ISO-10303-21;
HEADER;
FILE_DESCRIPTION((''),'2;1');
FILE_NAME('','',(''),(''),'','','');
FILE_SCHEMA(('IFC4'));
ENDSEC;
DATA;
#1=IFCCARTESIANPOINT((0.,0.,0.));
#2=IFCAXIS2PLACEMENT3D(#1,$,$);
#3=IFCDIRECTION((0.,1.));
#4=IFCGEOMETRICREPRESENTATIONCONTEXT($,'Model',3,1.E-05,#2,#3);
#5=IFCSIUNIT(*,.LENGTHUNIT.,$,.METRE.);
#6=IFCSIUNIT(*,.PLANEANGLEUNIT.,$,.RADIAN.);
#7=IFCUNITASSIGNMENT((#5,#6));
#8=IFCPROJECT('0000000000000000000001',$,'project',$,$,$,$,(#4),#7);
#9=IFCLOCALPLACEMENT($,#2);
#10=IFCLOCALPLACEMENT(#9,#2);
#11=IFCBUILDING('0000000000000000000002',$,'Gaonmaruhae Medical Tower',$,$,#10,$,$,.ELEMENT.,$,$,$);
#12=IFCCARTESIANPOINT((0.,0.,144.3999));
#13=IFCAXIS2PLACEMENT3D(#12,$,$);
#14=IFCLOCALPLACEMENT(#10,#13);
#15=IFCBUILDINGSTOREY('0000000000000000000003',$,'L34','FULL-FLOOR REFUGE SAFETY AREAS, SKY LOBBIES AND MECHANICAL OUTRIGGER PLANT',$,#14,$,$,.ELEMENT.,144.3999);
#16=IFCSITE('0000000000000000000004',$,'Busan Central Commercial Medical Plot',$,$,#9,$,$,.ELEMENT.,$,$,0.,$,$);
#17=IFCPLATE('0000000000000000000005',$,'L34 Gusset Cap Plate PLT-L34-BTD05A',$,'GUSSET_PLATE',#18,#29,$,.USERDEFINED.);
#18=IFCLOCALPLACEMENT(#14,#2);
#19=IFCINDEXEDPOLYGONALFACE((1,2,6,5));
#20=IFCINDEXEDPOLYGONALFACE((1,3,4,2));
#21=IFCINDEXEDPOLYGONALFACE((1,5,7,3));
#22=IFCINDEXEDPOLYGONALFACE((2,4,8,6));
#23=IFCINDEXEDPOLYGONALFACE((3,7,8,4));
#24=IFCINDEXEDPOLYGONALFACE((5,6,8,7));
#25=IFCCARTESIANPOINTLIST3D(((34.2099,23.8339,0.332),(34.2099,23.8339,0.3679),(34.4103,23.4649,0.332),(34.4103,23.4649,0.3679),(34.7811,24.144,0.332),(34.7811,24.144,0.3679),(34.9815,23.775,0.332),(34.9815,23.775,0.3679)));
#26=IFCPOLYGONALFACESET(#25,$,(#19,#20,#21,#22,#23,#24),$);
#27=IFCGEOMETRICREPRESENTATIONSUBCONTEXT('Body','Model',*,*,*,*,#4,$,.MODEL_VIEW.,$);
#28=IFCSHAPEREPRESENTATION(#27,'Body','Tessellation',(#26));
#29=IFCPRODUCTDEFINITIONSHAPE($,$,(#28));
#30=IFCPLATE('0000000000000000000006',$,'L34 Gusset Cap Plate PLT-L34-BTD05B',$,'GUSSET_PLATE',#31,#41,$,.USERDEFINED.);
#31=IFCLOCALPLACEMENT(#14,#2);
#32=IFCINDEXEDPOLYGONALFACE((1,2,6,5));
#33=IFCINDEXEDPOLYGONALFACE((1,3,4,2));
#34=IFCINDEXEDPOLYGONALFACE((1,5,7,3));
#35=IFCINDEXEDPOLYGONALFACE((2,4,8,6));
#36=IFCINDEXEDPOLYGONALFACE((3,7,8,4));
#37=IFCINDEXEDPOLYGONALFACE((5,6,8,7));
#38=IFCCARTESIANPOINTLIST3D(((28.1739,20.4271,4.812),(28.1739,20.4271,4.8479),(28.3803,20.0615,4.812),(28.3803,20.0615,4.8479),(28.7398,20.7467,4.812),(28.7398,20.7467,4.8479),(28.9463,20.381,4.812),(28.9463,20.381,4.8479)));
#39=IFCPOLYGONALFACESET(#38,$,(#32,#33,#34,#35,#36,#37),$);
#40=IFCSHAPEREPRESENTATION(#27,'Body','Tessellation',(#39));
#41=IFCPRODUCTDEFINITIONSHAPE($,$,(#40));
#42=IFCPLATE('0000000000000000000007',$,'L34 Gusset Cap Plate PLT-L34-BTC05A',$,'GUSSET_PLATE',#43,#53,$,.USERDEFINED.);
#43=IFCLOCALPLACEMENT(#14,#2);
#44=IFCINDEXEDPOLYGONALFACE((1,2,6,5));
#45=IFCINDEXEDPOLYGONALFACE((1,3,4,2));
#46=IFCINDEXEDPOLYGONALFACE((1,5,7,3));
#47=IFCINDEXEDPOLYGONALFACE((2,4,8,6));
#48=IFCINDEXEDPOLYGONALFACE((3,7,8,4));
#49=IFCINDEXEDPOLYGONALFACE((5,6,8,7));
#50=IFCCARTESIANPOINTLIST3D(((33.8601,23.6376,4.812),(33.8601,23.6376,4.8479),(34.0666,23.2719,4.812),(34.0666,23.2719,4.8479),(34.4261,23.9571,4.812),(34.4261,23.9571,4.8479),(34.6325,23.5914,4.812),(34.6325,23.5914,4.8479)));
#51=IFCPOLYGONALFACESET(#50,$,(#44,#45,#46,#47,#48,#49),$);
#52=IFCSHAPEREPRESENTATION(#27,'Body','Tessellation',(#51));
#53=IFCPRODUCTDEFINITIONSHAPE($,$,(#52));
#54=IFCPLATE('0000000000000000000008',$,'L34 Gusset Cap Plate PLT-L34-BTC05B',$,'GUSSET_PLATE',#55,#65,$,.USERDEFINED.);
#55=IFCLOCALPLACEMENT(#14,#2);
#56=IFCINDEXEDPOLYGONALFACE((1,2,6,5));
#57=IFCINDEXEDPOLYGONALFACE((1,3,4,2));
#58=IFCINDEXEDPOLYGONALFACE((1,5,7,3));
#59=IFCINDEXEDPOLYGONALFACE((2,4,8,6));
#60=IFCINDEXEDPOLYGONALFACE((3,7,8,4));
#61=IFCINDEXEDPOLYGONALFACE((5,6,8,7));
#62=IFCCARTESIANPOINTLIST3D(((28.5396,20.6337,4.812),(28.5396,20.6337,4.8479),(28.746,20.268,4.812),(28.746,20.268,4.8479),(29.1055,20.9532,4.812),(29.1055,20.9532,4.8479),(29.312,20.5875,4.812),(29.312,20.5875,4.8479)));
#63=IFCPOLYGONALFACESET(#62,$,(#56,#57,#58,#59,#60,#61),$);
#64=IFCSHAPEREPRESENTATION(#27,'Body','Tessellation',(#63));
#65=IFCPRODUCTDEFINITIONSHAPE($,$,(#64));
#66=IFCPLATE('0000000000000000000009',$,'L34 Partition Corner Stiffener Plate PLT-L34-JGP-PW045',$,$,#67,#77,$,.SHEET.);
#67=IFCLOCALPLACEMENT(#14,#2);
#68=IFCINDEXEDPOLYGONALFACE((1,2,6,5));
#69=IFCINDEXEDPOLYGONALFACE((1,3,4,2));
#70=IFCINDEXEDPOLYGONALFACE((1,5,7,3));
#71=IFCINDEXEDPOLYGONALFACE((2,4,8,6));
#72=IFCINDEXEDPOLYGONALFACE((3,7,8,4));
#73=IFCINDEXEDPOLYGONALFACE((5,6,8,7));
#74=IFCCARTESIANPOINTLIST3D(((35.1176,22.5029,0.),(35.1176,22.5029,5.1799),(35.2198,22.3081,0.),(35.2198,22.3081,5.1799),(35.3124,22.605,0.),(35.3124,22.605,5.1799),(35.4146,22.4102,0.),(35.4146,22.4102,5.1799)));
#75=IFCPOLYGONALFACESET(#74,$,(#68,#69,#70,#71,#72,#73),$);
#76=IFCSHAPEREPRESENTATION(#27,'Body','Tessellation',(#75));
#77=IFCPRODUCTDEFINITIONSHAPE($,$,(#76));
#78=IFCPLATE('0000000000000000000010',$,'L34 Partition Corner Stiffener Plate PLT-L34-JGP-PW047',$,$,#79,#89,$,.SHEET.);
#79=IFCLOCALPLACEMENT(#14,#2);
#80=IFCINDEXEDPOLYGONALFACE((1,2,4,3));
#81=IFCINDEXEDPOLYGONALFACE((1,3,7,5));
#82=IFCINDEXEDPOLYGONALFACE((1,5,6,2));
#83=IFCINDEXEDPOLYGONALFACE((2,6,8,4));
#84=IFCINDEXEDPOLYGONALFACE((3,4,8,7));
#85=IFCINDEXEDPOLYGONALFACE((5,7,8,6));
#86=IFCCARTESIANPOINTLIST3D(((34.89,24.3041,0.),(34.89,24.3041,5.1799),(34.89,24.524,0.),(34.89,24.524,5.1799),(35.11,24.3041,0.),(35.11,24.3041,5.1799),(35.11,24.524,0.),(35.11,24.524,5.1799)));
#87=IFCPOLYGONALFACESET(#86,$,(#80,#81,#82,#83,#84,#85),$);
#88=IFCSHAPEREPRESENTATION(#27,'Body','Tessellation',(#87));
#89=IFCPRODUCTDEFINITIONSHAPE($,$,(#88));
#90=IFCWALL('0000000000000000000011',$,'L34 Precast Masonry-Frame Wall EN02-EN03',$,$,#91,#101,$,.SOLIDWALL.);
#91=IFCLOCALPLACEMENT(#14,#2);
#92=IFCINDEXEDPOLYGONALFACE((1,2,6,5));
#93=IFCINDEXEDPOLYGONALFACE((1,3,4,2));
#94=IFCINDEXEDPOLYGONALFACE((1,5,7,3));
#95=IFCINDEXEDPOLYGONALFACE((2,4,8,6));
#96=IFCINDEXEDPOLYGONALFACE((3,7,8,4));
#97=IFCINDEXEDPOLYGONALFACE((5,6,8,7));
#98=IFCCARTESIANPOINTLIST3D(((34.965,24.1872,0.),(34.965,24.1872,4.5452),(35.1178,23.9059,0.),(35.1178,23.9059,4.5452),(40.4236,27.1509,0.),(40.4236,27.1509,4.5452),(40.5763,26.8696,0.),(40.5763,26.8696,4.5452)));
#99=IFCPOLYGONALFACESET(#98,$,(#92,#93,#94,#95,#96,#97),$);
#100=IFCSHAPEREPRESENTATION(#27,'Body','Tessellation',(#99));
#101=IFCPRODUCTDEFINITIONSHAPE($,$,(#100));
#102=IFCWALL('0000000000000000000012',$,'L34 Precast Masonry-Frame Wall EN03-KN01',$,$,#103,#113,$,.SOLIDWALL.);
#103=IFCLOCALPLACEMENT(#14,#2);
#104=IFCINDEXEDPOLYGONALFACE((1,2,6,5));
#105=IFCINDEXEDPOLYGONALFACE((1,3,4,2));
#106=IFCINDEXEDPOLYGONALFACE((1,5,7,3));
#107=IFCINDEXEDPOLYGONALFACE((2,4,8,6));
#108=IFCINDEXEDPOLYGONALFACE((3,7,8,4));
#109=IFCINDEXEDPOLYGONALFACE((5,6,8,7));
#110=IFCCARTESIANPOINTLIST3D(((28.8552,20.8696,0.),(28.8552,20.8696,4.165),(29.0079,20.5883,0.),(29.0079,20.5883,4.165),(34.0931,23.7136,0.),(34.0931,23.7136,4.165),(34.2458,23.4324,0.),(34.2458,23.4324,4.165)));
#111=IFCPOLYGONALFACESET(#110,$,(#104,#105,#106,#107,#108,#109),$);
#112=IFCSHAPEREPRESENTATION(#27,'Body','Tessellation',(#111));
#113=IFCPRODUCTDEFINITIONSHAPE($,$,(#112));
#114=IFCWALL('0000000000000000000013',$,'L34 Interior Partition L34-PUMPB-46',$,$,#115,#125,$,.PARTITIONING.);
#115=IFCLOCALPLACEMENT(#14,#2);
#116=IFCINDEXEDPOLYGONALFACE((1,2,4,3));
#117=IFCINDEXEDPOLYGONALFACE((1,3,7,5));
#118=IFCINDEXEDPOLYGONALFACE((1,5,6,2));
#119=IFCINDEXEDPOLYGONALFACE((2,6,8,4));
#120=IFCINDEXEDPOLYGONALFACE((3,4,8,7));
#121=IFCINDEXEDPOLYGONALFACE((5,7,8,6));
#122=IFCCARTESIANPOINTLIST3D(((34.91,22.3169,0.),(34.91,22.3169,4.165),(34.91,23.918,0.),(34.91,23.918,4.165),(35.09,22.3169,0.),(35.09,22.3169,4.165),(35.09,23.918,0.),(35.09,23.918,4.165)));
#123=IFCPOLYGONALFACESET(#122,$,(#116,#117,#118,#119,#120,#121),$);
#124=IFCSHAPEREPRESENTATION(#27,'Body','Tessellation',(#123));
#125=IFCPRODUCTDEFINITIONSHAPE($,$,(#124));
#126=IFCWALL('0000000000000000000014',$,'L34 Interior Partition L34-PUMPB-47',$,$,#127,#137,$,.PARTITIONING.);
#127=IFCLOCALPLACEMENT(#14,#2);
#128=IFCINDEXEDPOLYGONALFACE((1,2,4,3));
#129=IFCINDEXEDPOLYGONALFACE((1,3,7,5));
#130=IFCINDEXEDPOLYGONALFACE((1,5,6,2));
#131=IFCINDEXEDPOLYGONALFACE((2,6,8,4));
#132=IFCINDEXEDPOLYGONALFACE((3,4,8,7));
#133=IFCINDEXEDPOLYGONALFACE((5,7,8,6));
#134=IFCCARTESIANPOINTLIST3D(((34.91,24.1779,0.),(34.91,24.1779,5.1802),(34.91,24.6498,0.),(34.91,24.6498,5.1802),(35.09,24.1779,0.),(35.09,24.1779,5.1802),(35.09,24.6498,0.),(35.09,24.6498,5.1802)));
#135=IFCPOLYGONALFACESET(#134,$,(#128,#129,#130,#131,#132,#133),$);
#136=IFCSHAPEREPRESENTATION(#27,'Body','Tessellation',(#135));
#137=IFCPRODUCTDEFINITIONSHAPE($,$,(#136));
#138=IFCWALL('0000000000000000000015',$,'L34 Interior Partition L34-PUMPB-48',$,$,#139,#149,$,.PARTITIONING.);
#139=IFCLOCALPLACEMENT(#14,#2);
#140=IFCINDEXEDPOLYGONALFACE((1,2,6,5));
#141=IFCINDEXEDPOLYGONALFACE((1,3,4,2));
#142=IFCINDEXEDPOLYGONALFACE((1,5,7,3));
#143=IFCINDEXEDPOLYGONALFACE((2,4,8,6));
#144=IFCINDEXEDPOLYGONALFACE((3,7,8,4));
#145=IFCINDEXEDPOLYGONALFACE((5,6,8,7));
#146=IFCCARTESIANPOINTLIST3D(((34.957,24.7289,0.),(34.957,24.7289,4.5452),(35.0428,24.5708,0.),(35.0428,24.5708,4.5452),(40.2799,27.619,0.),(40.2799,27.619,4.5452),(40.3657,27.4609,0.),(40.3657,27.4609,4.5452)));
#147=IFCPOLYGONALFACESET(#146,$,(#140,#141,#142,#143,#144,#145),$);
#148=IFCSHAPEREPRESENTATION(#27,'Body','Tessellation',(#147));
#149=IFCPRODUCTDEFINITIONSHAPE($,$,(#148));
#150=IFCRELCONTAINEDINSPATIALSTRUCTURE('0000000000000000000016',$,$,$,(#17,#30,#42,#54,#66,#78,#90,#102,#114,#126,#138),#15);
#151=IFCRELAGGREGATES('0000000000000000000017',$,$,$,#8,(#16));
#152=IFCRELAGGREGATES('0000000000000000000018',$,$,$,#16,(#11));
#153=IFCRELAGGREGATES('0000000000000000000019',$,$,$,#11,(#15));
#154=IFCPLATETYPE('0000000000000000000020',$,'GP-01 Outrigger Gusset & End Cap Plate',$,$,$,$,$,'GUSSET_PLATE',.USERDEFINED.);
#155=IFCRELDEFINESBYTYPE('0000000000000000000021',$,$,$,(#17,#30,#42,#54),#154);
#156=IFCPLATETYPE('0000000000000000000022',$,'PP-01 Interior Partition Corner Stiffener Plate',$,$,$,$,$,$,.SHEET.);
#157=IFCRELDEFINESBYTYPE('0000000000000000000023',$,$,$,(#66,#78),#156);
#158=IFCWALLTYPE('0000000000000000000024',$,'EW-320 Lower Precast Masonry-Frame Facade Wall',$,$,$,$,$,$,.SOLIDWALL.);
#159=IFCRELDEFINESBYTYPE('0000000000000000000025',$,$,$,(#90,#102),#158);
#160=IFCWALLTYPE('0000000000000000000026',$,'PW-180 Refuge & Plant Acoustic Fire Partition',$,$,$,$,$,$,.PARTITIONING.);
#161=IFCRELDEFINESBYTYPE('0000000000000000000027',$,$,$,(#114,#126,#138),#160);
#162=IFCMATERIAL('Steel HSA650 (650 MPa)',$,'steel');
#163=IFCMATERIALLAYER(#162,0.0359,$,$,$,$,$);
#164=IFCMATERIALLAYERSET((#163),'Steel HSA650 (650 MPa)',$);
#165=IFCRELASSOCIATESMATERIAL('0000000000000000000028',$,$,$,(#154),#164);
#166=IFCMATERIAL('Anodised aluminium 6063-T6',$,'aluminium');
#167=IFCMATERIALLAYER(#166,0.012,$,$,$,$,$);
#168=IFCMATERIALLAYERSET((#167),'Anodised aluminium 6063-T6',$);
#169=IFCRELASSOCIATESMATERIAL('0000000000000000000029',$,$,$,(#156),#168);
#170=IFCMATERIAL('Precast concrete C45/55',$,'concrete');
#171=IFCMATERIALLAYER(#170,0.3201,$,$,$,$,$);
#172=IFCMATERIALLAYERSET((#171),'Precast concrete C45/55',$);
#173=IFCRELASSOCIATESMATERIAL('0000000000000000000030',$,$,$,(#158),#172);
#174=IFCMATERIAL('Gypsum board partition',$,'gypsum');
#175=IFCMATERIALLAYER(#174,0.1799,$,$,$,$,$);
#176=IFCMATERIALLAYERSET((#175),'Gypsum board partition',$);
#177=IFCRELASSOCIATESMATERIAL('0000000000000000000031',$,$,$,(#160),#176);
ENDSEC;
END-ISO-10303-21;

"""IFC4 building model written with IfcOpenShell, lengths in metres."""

from ifc_helpers import new_model, si_unit, direction, frame, frame_2d, origin, origin_2d, place, context, subcontext, project, spatial, rectangle, extrude, material, layer, layer_set, type_object, element, save


model = new_model("IFC4")

# Units and contexts
model_context = context("Model", 3, precision=1e-05, world=origin(), true_north=direction((0.0, 1.0)))
body_context = subcontext(model_context, "Body", "Model", "MODEL_VIEW")
ifc_project = project(units=[si_unit("LENGTHUNIT", "METRE"), si_unit("PLANEANGLEUNIT", "RADIAN")], contexts=[model_context])

# Site, building, storey
site_placement = place(None, origin())
site = spatial("IfcSite", under=ifc_project, at=site_placement, Name="Busan Central Commercial Medical Plot", CompositionType="ELEMENT", RefElevation=0.0)
building_placement = place(site_placement, origin())
building = spatial("IfcBuilding", under=site, at=building_placement, Name="Gaonmaruhae Medical Tower", CompositionType="ELEMENT")
storey_placement = place(building_placement, frame((0.0, 0.0, 144.3999)))
storey = spatial("IfcBuildingStorey", under=building, at=storey_placement, Name="L34", Description="FULL-FLOOR REFUGE SAFETY AREAS, SKY LOBBIES AND MECHANICAL OUTRIGGER PLANT", CompositionType="ELEMENT", Elevation=144.3999)

# Shared definitions
ifc_material_1 = material(Name="Steel HSA650 (650 MPa)", Category="steel")

# Plates
ifc_layer_1 = layer(ifc_material_1, 0.0359)
ifc_layer_set_1 = layer_set([ifc_layer_1], Name="Steel HSA650 (650 MPa)")
plate_type_1 = type_object("IfcPlateType", Name="GP-01 Outrigger Gusset & End Cap Plate", ElementType="GUSSET_PLATE", PredefinedType="USERDEFINED", material=ifc_layer_set_1)
for number, where, z_axis, x_axis, name in (
    (1, (34.5957, 23.8044, 0.332), (0.0, 0.0, 1.0), (0.878817, 0.477159, 0.0), "L34 Gusset Cap Plate PLT-L34-BTD05A"),
    (2, (28.5601, 20.4041, 4.812), (0.0, 0.0, 1.0), (0.870785, 0.491664, 0.0), "L34 Gusset Cap Plate PLT-L34-BTD05B"),
    (3, (34.2463, 23.6145, 4.812), (0.0, 0.0, 1.0), (0.870785, 0.491664, 0.0), "L34 Gusset Cap Plate PLT-L34-BTC05A"),
    (4, (28.9258, 20.6106, 4.812), (0.0, 0.0, 1.0), (0.870785, 0.491664, 0.0), "L34 Gusset Cap Plate PLT-L34-BTC05B"),
):
    element("IfcPlate", number, at=place(storey_placement, frame(where, z_axis=z_axis, x_axis=x_axis)), inside=storey, type_object=plate_type_1, Name=name, ObjectType="GUSSET_PLATE", PredefinedType="USERDEFINED", context=body_context, shape_type="SweptSolid", body=[
        extrude(rectangle(XDim=0.6499, YDim=0.4199, at=origin_2d()), origin(), (0.0, 0.0, 1.0), 0.0359),
    ])
ifc_material_2 = material(Name="Anodised aluminium 6063-T6", Category="aluminium")
ifc_layer_2 = layer(ifc_material_2, 0.012)
ifc_layer_set_2 = layer_set([ifc_layer_2], Name="Anodised aluminium 6063-T6")
plate_type_2 = type_object("IfcPlateType", Name="PP-01 Interior Partition Corner Stiffener Plate", PredefinedType="SHEET", material=ifc_layer_set_2)
for number, where, z_axis, x_axis, name in (
    (5, (35.2661, 22.4565, 0.0), (0.0, 0.0, 1.0), (-0.885604, -0.46444, 0.0), "L34 Partition Corner Stiffener Plate PLT-L34-JGP-PW045"),
    (6, (35.0, 24.4141, 0.0), (0.0, 0.0, 1.0), (0.0, 1.0, 0.0), "L34 Partition Corner Stiffener Plate PLT-L34-JGP-PW047"),
):
    element("IfcPlate", number, at=place(storey_placement, frame(where, z_axis=z_axis, x_axis=x_axis)), inside=storey, type_object=plate_type_2, Name=name, PredefinedType="SHEET", context=body_context, shape_type="SweptSolid", body=[
        extrude(rectangle(XDim=0.22, YDim=0.22, at=origin_2d()), origin(), (0.0, 0.0, 1.0), 5.1799),
    ])

# Walls
ifc_material_3 = material(Name="Precast concrete C45/55", Category="concrete")
ifc_layer_3 = layer(ifc_material_3, 0.3201)
ifc_layer_set_3 = layer_set([ifc_layer_3], Name="Precast concrete C45/55")
wall_type_1 = type_object("IfcWallType", Name="EW-320 Lower Precast Masonry-Frame Facade Wall", PredefinedType="SOLIDWALL", material=ifc_layer_set_3)
wall_1_placement = place(storey_placement, frame((35.0415, 24.0466, 0.0), z_axis=(0.0, 0.0, 1.0), x_axis=(0.878824, 0.477147, 0.0)))
element("IfcWall", 7, at=wall_1_placement, inside=storey, type_object=wall_type_1, Name="L34 Precast Masonry-Frame Wall EN02-EN03", PredefinedType="SOLIDWALL", context=body_context, shape_type="SweptSolid", body=[
    extrude(rectangle(XDim=6.2112, YDim=0.3201, at=frame_2d((3.1055, 0.0))), origin(), (0.0, 0.0, 1.0), 4.5452),
])
wall_2_placement = place(storey_placement, frame((28.9316, 20.729, 0.0), z_axis=(0.0, 0.0, 1.0), x_axis=(0.87881, 0.477172, 0.0)))
element("IfcWall", 8, at=wall_2_placement, inside=storey, type_object=wall_type_1, Name="L34 Precast Masonry-Frame Wall EN03-KN01", PredefinedType="SOLIDWALL", context=body_context, shape_type="SweptSolid", body=[
    extrude(rectangle(XDim=5.9602, YDim=0.3201, at=frame_2d((2.98, 0.0))), origin(), (0.0, 0.0, 1.0), 4.165),
])
ifc_material_4 = material(Name="Gypsum board partition", Category="gypsum")
ifc_layer_4 = layer(ifc_material_4, 0.1799)
ifc_layer_set_4 = layer_set([ifc_layer_4], Name="Gypsum board partition")
wall_type_2 = type_object("IfcWallType", Name="PW-180 Refuge & Plant Acoustic Fire Partition", PredefinedType="PARTITIONING", material=ifc_layer_set_4)
wall_3_placement = place(storey_placement, frame((35.0, 22.3169, 0.0), z_axis=(0.0, 0.0, 1.0), x_axis=(0.0, 1.0, 0.0)))
element("IfcWall", 9, at=wall_3_placement, inside=storey, type_object=wall_type_2, Name="L34 Interior Partition L34-PUMPB-46", PredefinedType="PARTITIONING", context=body_context, shape_type="SweptSolid", body=[
    extrude(rectangle(XDim=1.6011, YDim=0.1799, at=frame_2d((0.8005, 0.0))), origin(), (0.0, 0.0, 1.0), 4.165),
])
wall_4_placement = place(storey_placement, frame((35.0, 24.178, 0.0), z_axis=(0.0, 0.0, 1.0), x_axis=(0.0, 1.0, 0.0)))
element("IfcWall", 10, at=wall_4_placement, inside=storey, type_object=wall_type_2, Name="L34 Interior Partition L34-PUMPB-47", PredefinedType="PARTITIONING", context=body_context, shape_type="SweptSolid", body=[
    extrude(rectangle(XDim=0.4719, YDim=0.1799, at=frame_2d((0.2358, 0.0))), origin(), (0.0, 0.0, 1.0), 5.1802),
])
wall_5_placement = place(storey_placement, frame((35.0, 24.6499, 0.0), z_axis=(0.0, 0.0, 1.0), x_axis=(0.878818, 0.477157, 0.0)))
element("IfcWall", 11, at=wall_5_placement, inside=storey, type_object=wall_type_2, Name="L34 Interior Partition L34-PUMPB-48", PredefinedType="PARTITIONING", context=body_context, shape_type="SweptSolid", body=[
    extrude(rectangle(XDim=6.0569, YDim=0.1799, at=frame_2d((3.0283, 0.0))), origin(), (0.0, 0.0, 1.0), 4.5452),
])

save(model, "model.ifc")
